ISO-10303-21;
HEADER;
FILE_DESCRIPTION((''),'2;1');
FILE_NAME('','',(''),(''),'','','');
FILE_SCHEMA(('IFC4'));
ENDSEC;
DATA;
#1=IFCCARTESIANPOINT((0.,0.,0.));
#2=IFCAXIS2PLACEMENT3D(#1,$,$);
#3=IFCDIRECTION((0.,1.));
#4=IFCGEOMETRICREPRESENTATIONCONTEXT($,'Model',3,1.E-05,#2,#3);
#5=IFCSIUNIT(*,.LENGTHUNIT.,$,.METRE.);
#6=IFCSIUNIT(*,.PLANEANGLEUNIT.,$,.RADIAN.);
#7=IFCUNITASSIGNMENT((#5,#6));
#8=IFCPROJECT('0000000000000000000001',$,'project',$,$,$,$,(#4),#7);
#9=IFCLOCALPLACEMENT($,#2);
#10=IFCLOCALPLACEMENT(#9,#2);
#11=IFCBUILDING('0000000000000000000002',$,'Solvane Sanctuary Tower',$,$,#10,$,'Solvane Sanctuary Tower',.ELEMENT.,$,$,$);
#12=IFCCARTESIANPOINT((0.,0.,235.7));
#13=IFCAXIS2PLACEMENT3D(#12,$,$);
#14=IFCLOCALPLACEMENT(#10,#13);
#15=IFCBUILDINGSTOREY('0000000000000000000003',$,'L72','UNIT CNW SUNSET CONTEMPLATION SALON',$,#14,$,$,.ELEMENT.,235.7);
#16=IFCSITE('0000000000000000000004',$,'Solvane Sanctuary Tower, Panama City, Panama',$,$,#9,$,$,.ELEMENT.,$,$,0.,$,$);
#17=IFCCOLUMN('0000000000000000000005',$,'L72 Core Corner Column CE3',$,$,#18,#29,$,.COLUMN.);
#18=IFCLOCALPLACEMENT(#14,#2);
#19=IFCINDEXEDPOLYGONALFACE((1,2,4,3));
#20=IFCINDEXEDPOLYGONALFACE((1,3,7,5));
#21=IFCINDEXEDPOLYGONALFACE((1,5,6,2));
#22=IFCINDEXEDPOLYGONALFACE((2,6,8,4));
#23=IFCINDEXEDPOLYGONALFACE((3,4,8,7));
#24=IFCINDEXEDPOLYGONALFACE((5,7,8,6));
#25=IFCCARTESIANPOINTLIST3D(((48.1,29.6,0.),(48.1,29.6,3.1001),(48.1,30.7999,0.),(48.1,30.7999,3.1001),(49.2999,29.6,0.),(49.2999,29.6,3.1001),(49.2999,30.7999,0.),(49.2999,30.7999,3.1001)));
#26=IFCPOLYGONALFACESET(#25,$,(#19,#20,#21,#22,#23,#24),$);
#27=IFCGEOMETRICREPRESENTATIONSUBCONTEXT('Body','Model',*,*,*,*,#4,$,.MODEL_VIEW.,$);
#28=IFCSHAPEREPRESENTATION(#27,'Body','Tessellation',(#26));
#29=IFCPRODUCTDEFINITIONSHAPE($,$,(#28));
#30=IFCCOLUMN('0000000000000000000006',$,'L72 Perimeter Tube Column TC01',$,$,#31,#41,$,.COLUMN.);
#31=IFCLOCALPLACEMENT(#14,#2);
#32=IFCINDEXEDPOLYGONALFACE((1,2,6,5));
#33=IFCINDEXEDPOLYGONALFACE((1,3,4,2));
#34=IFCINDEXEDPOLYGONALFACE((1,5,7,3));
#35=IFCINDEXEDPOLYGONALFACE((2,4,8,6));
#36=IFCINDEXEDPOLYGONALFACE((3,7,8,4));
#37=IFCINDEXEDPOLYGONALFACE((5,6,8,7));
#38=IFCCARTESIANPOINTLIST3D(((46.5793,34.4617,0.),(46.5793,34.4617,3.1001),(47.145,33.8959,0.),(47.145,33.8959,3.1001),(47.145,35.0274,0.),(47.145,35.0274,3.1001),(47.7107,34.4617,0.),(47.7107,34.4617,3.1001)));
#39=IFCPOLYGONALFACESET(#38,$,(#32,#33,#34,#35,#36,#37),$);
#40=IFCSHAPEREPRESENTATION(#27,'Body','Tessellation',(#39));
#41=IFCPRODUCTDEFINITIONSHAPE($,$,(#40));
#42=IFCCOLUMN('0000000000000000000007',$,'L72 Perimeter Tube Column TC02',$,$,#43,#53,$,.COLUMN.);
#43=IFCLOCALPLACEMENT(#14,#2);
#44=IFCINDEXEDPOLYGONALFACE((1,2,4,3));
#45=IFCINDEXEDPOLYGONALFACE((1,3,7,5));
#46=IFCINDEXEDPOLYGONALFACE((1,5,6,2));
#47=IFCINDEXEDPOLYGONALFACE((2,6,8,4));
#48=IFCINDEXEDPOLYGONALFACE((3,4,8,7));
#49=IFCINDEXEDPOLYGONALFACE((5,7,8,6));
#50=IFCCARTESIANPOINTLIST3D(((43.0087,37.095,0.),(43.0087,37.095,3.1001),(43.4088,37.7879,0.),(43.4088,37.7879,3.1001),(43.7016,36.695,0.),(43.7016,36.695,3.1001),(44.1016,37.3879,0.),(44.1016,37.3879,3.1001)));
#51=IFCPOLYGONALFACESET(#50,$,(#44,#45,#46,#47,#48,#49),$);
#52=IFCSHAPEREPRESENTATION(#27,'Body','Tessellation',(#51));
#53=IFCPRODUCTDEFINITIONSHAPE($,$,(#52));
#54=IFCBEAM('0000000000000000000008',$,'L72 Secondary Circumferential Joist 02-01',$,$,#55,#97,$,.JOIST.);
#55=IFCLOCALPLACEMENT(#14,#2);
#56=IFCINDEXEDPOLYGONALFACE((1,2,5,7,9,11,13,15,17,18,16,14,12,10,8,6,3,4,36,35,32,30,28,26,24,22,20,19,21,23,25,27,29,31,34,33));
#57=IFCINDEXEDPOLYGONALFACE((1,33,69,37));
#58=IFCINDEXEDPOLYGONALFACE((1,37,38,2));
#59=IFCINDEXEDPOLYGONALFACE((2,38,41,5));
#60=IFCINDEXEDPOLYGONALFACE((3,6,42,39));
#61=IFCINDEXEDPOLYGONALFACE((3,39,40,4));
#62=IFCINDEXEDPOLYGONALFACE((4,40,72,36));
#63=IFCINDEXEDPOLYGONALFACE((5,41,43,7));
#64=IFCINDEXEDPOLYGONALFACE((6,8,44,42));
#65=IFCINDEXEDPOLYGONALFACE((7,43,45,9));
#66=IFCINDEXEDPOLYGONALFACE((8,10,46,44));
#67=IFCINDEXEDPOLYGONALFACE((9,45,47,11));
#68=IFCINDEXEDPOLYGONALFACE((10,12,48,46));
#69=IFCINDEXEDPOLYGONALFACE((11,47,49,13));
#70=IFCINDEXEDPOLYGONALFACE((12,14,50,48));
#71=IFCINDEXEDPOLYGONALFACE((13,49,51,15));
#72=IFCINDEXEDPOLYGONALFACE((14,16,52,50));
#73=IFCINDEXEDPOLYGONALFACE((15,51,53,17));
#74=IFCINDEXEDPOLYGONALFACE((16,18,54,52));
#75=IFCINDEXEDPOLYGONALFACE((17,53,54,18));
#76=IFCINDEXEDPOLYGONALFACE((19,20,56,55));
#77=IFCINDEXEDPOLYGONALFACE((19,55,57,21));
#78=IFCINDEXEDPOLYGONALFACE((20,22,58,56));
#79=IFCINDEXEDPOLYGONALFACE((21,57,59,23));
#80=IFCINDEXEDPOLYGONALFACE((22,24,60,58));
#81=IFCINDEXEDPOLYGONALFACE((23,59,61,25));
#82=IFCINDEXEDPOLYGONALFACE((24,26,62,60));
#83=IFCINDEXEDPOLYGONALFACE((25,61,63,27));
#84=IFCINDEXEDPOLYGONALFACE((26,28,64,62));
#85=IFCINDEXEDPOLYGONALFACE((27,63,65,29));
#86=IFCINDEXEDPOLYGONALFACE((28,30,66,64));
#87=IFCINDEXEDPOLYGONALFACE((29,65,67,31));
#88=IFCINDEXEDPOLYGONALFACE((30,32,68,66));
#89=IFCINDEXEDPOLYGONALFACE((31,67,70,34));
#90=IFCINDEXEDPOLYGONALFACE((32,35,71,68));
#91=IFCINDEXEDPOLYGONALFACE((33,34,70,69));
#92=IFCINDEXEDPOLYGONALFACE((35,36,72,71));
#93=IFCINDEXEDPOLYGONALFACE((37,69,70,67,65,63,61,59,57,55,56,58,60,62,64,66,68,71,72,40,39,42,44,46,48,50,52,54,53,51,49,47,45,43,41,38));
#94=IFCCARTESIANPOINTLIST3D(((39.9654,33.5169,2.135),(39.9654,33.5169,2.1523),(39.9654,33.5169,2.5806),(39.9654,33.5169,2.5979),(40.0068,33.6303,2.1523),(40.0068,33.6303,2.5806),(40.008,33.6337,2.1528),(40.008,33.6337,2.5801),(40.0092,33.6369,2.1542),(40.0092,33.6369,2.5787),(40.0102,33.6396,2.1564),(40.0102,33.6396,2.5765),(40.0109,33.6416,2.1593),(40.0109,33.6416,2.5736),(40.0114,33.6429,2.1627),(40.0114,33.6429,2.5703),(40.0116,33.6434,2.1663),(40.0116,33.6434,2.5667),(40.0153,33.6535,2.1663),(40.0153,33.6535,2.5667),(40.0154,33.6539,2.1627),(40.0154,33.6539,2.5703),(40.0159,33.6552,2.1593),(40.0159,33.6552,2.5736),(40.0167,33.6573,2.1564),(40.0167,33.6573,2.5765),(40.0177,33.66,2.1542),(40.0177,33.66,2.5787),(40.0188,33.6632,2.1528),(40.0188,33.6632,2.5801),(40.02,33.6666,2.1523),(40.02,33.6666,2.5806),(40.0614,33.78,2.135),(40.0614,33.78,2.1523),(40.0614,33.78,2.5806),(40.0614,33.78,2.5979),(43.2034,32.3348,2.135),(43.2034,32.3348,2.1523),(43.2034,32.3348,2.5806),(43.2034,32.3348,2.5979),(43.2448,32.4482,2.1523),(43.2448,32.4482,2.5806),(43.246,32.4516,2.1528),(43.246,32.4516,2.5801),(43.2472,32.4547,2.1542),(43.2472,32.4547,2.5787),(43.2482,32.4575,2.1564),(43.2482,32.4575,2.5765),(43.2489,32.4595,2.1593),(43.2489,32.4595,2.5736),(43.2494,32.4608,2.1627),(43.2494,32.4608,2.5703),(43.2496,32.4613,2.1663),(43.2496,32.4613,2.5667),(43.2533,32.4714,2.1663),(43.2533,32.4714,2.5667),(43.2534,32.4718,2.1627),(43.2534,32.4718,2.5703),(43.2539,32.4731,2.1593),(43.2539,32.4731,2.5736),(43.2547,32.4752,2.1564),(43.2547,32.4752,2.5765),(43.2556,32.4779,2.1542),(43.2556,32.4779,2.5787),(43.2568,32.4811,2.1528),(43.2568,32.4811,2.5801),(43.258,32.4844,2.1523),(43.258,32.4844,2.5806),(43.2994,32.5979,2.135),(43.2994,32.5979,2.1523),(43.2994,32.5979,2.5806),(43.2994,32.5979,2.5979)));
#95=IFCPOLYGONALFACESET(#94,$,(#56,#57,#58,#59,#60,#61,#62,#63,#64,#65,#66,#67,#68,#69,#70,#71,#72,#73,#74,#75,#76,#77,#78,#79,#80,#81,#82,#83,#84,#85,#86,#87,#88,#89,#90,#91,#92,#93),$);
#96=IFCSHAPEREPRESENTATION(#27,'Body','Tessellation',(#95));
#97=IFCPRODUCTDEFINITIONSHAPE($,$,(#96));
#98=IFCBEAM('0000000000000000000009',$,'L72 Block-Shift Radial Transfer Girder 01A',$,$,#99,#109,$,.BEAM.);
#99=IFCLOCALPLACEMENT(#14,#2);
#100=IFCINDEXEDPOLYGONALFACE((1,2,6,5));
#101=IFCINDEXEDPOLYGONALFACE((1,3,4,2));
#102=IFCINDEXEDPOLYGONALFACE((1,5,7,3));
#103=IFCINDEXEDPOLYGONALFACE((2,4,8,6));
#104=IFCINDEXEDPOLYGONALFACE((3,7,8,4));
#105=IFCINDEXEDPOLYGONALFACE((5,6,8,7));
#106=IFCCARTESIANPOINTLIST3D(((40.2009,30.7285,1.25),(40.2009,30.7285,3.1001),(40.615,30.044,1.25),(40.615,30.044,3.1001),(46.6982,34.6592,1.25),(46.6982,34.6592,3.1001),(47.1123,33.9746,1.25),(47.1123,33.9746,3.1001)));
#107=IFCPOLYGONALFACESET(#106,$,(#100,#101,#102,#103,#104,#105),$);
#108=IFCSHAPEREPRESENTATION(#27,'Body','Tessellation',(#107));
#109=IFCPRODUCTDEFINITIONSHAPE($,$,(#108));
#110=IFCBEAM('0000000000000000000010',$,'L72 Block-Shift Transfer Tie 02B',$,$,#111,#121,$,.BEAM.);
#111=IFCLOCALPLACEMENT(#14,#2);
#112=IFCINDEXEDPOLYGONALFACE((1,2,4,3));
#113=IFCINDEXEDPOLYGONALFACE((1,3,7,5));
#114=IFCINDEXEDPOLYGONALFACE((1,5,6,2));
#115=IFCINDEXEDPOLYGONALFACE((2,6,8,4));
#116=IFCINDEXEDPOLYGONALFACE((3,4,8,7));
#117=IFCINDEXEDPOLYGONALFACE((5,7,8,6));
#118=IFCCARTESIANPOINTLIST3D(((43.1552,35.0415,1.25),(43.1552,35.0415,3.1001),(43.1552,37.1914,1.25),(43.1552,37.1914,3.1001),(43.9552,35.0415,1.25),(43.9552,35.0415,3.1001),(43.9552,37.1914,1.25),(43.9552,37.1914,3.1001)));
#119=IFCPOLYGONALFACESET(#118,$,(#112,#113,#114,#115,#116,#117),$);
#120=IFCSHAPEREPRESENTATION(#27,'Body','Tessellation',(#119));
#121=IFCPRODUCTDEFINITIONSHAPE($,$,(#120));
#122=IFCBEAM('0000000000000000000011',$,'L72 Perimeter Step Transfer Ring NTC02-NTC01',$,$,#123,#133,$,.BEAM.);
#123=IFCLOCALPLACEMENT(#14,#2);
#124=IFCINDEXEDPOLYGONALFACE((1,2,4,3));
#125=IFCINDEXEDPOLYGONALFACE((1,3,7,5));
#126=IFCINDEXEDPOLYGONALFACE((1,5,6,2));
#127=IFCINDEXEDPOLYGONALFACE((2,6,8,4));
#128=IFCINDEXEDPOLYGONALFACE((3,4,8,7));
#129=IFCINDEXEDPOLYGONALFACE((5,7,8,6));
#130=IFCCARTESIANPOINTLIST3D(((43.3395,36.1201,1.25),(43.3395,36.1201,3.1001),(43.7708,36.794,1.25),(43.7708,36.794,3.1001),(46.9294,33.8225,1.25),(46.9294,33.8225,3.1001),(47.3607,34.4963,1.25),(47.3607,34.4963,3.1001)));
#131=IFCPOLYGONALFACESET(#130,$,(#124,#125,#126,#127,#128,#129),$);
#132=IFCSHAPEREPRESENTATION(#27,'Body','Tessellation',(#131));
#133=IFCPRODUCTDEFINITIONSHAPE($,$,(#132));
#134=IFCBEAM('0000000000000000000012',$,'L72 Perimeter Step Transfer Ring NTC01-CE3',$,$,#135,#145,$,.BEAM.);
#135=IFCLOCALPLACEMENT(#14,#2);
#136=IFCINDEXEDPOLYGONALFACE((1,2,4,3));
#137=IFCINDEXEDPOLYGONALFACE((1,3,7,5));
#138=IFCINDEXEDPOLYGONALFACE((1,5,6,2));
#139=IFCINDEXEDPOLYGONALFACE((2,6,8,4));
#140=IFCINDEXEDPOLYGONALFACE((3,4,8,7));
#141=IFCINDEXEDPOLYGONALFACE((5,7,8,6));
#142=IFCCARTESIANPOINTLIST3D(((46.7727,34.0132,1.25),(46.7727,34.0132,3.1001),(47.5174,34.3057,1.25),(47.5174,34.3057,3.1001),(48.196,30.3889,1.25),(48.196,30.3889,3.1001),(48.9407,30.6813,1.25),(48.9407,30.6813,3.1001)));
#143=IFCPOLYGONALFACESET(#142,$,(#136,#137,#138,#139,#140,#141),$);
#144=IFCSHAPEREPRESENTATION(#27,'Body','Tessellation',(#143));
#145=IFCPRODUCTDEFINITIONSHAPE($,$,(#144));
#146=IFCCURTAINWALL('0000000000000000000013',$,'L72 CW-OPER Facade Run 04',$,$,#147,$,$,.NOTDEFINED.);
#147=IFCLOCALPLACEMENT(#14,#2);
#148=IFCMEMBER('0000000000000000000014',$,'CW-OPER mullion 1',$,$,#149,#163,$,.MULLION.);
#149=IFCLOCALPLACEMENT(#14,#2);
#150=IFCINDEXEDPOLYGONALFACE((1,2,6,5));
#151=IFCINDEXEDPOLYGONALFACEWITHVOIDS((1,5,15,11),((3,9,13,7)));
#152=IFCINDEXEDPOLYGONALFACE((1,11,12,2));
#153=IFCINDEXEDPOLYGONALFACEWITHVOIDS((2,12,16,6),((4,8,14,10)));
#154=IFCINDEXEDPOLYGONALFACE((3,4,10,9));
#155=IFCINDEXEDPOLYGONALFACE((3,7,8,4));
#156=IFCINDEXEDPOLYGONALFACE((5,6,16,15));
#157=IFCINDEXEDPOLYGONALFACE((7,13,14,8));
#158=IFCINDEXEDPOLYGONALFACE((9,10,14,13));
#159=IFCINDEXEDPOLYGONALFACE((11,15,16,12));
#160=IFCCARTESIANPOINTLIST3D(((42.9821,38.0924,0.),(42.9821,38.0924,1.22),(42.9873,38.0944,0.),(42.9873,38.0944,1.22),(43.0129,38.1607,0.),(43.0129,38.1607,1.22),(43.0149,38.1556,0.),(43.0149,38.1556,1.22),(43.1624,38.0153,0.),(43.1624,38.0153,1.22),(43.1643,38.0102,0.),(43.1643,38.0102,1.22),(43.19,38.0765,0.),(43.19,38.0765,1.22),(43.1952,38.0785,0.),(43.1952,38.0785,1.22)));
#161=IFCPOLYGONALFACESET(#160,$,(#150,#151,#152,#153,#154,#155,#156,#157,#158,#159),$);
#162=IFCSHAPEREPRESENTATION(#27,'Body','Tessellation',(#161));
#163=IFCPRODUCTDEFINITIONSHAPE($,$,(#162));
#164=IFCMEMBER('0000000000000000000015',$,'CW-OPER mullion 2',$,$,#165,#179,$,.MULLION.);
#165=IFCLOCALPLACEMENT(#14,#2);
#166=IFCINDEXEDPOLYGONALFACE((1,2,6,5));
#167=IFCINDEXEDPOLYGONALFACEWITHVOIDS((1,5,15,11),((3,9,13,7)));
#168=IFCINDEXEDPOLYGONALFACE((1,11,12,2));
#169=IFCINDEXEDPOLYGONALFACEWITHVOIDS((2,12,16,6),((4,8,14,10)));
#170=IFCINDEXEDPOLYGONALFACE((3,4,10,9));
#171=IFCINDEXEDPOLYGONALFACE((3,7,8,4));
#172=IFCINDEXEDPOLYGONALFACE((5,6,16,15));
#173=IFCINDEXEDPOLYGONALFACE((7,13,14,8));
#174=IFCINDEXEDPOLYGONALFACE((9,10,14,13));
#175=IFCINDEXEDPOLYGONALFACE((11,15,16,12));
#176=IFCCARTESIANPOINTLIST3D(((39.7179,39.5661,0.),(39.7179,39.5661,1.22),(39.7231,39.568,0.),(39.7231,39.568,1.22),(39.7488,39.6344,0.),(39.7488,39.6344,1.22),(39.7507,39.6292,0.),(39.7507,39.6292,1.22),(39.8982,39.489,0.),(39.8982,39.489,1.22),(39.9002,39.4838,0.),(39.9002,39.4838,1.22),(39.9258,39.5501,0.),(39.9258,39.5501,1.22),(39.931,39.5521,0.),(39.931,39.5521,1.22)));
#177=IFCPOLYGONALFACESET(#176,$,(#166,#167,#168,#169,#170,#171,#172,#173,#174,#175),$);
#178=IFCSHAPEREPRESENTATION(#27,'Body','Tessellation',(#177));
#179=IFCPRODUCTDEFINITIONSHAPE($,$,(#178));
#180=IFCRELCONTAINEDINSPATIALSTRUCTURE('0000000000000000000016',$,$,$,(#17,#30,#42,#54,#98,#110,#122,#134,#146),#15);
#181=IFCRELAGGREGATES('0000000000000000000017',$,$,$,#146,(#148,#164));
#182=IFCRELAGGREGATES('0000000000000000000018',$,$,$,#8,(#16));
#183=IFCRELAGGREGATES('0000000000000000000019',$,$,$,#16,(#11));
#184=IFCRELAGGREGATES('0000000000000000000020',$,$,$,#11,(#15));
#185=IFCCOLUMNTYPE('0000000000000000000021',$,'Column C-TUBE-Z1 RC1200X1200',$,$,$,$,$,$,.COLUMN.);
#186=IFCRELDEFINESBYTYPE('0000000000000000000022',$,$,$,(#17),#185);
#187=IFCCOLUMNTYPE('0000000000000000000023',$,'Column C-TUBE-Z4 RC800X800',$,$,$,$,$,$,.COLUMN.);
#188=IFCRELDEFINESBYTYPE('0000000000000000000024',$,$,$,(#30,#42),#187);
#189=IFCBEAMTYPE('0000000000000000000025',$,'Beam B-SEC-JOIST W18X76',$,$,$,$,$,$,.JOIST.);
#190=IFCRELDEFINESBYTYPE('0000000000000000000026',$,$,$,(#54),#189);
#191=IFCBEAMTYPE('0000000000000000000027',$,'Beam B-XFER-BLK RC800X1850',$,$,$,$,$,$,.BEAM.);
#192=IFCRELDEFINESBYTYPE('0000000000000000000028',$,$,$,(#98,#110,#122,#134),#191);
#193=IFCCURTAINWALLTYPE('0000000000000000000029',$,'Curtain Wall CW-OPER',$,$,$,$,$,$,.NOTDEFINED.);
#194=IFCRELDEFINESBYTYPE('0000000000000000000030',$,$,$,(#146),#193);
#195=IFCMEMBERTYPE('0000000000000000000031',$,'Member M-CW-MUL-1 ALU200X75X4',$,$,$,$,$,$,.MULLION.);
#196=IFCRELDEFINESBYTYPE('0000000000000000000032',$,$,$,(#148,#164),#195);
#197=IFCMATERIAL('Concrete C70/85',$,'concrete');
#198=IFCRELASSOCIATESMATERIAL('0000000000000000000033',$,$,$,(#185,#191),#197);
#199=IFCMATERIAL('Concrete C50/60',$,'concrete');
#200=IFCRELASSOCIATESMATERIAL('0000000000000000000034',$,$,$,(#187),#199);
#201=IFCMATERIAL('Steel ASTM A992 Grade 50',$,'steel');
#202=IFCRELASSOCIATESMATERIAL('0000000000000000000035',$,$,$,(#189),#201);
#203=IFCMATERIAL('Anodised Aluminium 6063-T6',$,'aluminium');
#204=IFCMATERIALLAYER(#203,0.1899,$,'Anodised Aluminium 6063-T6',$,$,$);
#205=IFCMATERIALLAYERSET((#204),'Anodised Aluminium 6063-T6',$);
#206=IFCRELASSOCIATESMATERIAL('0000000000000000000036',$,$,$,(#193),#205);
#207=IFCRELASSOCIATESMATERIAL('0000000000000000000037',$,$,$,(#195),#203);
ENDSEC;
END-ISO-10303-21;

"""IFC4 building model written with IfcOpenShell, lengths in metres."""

from ifc_helpers import new_model, si_unit, direction, frame, origin, origin_2d, place, context, subcontext, project, spatial, rectangle, hollow_rectangle, i_section, extrude, material, layer, layer_set, material_profile, profile_set, type_object, element, aggregate, save


model = new_model("IFC4")

# Units and contexts
model_context = context("Model", 3, precision=1e-05, world=origin(), true_north=direction((0.0, 1.0)))
body_context = subcontext(model_context, "Body", "Model", "MODEL_VIEW")
ifc_project = project(units=[si_unit("LENGTHUNIT", "METRE"), si_unit("PLANEANGLEUNIT", "RADIAN")], contexts=[model_context])

# Site, building, storey
site_placement = place(None, origin())
site = spatial("IfcSite", under=ifc_project, at=site_placement, Name="Solvane Sanctuary Tower, Panama City, Panama", CompositionType="ELEMENT", RefElevation=0.0)
building_placement = place(site_placement, origin())
building = spatial("IfcBuilding", under=site, at=building_placement, Name="Solvane Sanctuary Tower", LongName="Solvane Sanctuary Tower", CompositionType="ELEMENT")
storey_placement = place(building_placement, frame((0.0, 0.0, 235.7)))
storey = spatial("IfcBuildingStorey", under=building, at=storey_placement, Name="L72", Description="UNIT CNW SUNSET CONTEMPLATION SALON", CompositionType="ELEMENT", Elevation=235.7)

# Columns
ifc_material_1 = material(Name="Concrete C70/85", Category="concrete")
ifc_material_profile_1 = material_profile(ifc_material_1, rectangle(XDim=1.2, YDim=1.2, at=origin_2d()), Name="RC1200X1200")
ifc_profile_set_1 = profile_set([ifc_material_profile_1], Name="Concrete C70/85")
column_type_1 = type_object("IfcColumnType", Name="Column C-TUBE-Z1 RC1200X1200", PredefinedType="COLUMN", material=ifc_profile_set_1)
column_placement = place(storey_placement, frame((48.7, 30.2, 0.0), z_axis=(0.0, 0.0, 1.0), x_axis=(1.0, 0.0, 0.0)))
element("IfcColumn", 1, at=column_placement, inside=storey, type_object=column_type_1, Name="L72 Core Corner Column CE3", PredefinedType="COLUMN", context=body_context, shape_type="SweptSolid", body=[
    extrude(rectangle(XDim=1.2, YDim=1.2, at=origin_2d()), origin(), (0.0, 0.0, 1.0), 3.1001),
])
ifc_material_2 = material(Name="Concrete C50/60", Category="concrete")
ifc_material_profile_2 = material_profile(ifc_material_2, rectangle(XDim=0.8, YDim=0.8, at=origin_2d()), Name="RC800X800")
ifc_profile_set_2 = profile_set([ifc_material_profile_2], Name="Concrete C50/60")
column_type_2 = type_object("IfcColumnType", Name="Column C-TUBE-Z4 RC800X800", PredefinedType="COLUMN", material=ifc_profile_set_2)
for number, where, z_axis, x_axis, name in (
    (2, (47.145, 34.4617, 0.0), (0.0, 0.0, 1.0), (0.707107, 0.707107, 0.0), "L72 Perimeter Tube Column TC01"),
    (3, (43.5552, 37.2415, 0.0), (0.0, 0.0, 1.0), (0.5, 0.866025, 0.0), "L72 Perimeter Tube Column TC02"),
):
    element("IfcColumn", number, at=place(storey_placement, frame(where, z_axis=z_axis, x_axis=x_axis)), inside=storey, type_object=column_type_2, Name=name, PredefinedType="COLUMN", context=body_context, shape_type="SweptSolid", body=[
        extrude(rectangle(XDim=0.8, YDim=0.8, at=origin_2d()), origin(), (0.0, 0.0, 1.0), 3.1001),
    ])

# Beams
ifc_material_3 = material(Name="Steel ASTM A992 Grade 50", Category="steel")
ifc_material_profile_3 = material_profile(ifc_material_3, i_section(OverallWidth=0.28, OverallDepth=0.4629, WebThickness=0.0107, FlangeThickness=0.0173, FilletRadius=0.0139, at=origin_2d()), Name="W18X76")
ifc_profile_set_3 = profile_set([ifc_material_profile_3], Name="Steel ASTM A992 Grade 50")
beam_type_1 = type_object("IfcBeamType", Name="Beam B-SEC-JOIST W18X76", PredefinedType="JOIST", material=ifc_profile_set_3)
beam_1_placement = place(storey_placement, frame((40.0134, 33.6484, 2.3665), z_axis=(0.939358, -0.342937, 0.0), x_axis=(0.342937, 0.939358, 0.0)))
element("IfcBeam", 4, at=beam_1_placement, inside=storey, type_object=beam_type_1, Name="L72 Secondary Circumferential Joist 02-01", PredefinedType="JOIST", context=body_context, shape_type="SweptSolid", body=[
    extrude(i_section(OverallWidth=0.28, OverallDepth=0.4629, WebThickness=0.0107, FlangeThickness=0.0173, FilletRadius=0.0139, at=origin_2d()), origin(), (0.0, 0.0, 1.0), 3.447),
])
ifc_material_profile_4 = material_profile(ifc_material_1, rectangle(XDim=0.8, YDim=1.8501, at=origin_2d()), Name="RC800X1850")
ifc_profile_set_4 = profile_set([ifc_material_profile_4], Name="Concrete C70/85")
beam_type_2 = type_object("IfcBeamType", Name="Beam B-XFER-BLK RC800X1850", PredefinedType="BEAM", material=ifc_profile_set_4)
beam_2_placement = place(storey_placement, frame((40.408, 30.3862, 2.175), z_axis=(0.855612, 0.517618, 0.0), x_axis=(-0.517618, 0.855612, 0.0)))
element("IfcBeam", 5, at=beam_2_placement, inside=storey, type_object=beam_type_2, Name="L72 Block-Shift Radial Transfer Girder 01A", PredefinedType="BEAM", context=body_context, shape_type="SweptSolid", body=[
    extrude(rectangle(XDim=0.8, YDim=1.8501, at=origin_2d()), origin(), (0.0, 0.0, 1.0), 7.5938),
])
beam_3_placement = place(storey_placement, frame((43.5552, 37.1914, 2.175), z_axis=(0.0, -1.0, 0.0), x_axis=(1.0, 0.0, 0.0)))
element("IfcBeam", 6, at=beam_3_placement, inside=storey, type_object=beam_type_2, Name="L72 Block-Shift Transfer Tie 02B", PredefinedType="BEAM", context=body_context, shape_type="SweptSolid", body=[
    extrude(rectangle(XDim=0.8, YDim=1.8501, at=origin_2d()), origin(), (0.0, 0.0, 1.0), 2.1499),
])
beam_4_placement = place(storey_placement, frame((43.5552, 36.457, 2.175), z_axis=(0.84226, -0.539072, 0.0), x_axis=(0.539072, 0.84226, 0.0)))
element("IfcBeam", 7, at=beam_4_placement, inside=storey, type_object=beam_type_2, Name="L72 Perimeter Step Transfer Ring NTC02-NTC01", PredefinedType="BEAM", context=body_context, shape_type="SweptSolid", body=[
    extrude(rectangle(XDim=0.8, YDim=1.8501, at=origin_2d()), origin(), (0.0, 0.0, 1.0), 4.2622),
])
beam_5_placement = place(storey_placement, frame((47.145, 34.1594, 2.175), z_axis=(0.365546, -0.930793, 0.0), x_axis=(0.930793, 0.365546, 0.0)))
element("IfcBeam", 8, at=beam_5_placement, inside=storey, type_object=beam_type_2, Name="L72 Perimeter Step Transfer Ring NTC01-CE3", PredefinedType="BEAM", context=body_context, shape_type="SweptSolid", body=[
    extrude(rectangle(XDim=0.8, YDim=1.8501, at=origin_2d()), origin(), (0.0, 0.0, 1.0), 3.8938),
])

# Curtain wall, members
ifc_material_4 = material(Name="Anodised Aluminium 6063-T6", Category="aluminium")
ifc_layer_1 = layer(ifc_material_4, 0.1899, Name="Anodised Aluminium 6063-T6")
ifc_layer_set_1 = layer_set([ifc_layer_1], Name="Anodised Aluminium 6063-T6")
curtain_wall_type = type_object("IfcCurtainWallType", Name="Curtain Wall CW-OPER", PredefinedType="NOTDEFINED", material=ifc_layer_set_1)
curtain_wall_placement = place(storey_placement, origin())
curtain_wall = element("IfcCurtainWall", 9, at=curtain_wall_placement, inside=storey, type_object=curtain_wall_type, Name="L72 CW-OPER Facade Run 04", PredefinedType="NOTDEFINED")
ifc_material_profile_5 = material_profile(ifc_material_4, hollow_rectangle(XDim=0.075, YDim=0.2, WallThickness=0.0039, at=origin_2d()), Name="ALU200X75X4")
ifc_profile_set_5 = profile_set([ifc_material_profile_5], Name="Anodised Aluminium 6063-T6")
member_type_1 = type_object("IfcMemberType", Name="Member M-CW-MUL-1 ALU200X75X4", PredefinedType="MULLION", material=ifc_profile_set_5)
member_1_placement = place(storey_placement, frame((43.0886, 38.0854, 0.0), z_axis=(0.0, 0.0, 1.0), x_axis=(-0.411471, -0.911423, 0.0)))
member_1 = element("IfcMember", 10, at=member_1_placement, type_object=member_type_1, Name="CW-OPER mullion 1", PredefinedType="MULLION", context=body_context, shape_type="SweptSolid", body=[
    extrude(hollow_rectangle(XDim=0.075, YDim=0.2, WallThickness=0.0039, at=origin_2d()), origin(), (0.0, 0.0, 1.0), 1.22),
])
member_2_placement = place(storey_placement, frame((39.8245, 39.5591, 0.0), z_axis=(0.0, 0.0, 1.0), x_axis=(-0.411471, -0.911423, 0.0)))
member_2 = element("IfcMember", 11, at=member_2_placement, type_object=member_type_1, Name="CW-OPER mullion 2", PredefinedType="MULLION", context=body_context, shape_type="SweptSolid", body=[
    extrude(hollow_rectangle(XDim=0.075, YDim=0.2, WallThickness=0.0039, at=origin_2d()), origin(), (0.0, 0.0, 1.0), 1.22),
])
aggregate(curtain_wall, [member_1, member_2])

save(model, "model.ifc")
